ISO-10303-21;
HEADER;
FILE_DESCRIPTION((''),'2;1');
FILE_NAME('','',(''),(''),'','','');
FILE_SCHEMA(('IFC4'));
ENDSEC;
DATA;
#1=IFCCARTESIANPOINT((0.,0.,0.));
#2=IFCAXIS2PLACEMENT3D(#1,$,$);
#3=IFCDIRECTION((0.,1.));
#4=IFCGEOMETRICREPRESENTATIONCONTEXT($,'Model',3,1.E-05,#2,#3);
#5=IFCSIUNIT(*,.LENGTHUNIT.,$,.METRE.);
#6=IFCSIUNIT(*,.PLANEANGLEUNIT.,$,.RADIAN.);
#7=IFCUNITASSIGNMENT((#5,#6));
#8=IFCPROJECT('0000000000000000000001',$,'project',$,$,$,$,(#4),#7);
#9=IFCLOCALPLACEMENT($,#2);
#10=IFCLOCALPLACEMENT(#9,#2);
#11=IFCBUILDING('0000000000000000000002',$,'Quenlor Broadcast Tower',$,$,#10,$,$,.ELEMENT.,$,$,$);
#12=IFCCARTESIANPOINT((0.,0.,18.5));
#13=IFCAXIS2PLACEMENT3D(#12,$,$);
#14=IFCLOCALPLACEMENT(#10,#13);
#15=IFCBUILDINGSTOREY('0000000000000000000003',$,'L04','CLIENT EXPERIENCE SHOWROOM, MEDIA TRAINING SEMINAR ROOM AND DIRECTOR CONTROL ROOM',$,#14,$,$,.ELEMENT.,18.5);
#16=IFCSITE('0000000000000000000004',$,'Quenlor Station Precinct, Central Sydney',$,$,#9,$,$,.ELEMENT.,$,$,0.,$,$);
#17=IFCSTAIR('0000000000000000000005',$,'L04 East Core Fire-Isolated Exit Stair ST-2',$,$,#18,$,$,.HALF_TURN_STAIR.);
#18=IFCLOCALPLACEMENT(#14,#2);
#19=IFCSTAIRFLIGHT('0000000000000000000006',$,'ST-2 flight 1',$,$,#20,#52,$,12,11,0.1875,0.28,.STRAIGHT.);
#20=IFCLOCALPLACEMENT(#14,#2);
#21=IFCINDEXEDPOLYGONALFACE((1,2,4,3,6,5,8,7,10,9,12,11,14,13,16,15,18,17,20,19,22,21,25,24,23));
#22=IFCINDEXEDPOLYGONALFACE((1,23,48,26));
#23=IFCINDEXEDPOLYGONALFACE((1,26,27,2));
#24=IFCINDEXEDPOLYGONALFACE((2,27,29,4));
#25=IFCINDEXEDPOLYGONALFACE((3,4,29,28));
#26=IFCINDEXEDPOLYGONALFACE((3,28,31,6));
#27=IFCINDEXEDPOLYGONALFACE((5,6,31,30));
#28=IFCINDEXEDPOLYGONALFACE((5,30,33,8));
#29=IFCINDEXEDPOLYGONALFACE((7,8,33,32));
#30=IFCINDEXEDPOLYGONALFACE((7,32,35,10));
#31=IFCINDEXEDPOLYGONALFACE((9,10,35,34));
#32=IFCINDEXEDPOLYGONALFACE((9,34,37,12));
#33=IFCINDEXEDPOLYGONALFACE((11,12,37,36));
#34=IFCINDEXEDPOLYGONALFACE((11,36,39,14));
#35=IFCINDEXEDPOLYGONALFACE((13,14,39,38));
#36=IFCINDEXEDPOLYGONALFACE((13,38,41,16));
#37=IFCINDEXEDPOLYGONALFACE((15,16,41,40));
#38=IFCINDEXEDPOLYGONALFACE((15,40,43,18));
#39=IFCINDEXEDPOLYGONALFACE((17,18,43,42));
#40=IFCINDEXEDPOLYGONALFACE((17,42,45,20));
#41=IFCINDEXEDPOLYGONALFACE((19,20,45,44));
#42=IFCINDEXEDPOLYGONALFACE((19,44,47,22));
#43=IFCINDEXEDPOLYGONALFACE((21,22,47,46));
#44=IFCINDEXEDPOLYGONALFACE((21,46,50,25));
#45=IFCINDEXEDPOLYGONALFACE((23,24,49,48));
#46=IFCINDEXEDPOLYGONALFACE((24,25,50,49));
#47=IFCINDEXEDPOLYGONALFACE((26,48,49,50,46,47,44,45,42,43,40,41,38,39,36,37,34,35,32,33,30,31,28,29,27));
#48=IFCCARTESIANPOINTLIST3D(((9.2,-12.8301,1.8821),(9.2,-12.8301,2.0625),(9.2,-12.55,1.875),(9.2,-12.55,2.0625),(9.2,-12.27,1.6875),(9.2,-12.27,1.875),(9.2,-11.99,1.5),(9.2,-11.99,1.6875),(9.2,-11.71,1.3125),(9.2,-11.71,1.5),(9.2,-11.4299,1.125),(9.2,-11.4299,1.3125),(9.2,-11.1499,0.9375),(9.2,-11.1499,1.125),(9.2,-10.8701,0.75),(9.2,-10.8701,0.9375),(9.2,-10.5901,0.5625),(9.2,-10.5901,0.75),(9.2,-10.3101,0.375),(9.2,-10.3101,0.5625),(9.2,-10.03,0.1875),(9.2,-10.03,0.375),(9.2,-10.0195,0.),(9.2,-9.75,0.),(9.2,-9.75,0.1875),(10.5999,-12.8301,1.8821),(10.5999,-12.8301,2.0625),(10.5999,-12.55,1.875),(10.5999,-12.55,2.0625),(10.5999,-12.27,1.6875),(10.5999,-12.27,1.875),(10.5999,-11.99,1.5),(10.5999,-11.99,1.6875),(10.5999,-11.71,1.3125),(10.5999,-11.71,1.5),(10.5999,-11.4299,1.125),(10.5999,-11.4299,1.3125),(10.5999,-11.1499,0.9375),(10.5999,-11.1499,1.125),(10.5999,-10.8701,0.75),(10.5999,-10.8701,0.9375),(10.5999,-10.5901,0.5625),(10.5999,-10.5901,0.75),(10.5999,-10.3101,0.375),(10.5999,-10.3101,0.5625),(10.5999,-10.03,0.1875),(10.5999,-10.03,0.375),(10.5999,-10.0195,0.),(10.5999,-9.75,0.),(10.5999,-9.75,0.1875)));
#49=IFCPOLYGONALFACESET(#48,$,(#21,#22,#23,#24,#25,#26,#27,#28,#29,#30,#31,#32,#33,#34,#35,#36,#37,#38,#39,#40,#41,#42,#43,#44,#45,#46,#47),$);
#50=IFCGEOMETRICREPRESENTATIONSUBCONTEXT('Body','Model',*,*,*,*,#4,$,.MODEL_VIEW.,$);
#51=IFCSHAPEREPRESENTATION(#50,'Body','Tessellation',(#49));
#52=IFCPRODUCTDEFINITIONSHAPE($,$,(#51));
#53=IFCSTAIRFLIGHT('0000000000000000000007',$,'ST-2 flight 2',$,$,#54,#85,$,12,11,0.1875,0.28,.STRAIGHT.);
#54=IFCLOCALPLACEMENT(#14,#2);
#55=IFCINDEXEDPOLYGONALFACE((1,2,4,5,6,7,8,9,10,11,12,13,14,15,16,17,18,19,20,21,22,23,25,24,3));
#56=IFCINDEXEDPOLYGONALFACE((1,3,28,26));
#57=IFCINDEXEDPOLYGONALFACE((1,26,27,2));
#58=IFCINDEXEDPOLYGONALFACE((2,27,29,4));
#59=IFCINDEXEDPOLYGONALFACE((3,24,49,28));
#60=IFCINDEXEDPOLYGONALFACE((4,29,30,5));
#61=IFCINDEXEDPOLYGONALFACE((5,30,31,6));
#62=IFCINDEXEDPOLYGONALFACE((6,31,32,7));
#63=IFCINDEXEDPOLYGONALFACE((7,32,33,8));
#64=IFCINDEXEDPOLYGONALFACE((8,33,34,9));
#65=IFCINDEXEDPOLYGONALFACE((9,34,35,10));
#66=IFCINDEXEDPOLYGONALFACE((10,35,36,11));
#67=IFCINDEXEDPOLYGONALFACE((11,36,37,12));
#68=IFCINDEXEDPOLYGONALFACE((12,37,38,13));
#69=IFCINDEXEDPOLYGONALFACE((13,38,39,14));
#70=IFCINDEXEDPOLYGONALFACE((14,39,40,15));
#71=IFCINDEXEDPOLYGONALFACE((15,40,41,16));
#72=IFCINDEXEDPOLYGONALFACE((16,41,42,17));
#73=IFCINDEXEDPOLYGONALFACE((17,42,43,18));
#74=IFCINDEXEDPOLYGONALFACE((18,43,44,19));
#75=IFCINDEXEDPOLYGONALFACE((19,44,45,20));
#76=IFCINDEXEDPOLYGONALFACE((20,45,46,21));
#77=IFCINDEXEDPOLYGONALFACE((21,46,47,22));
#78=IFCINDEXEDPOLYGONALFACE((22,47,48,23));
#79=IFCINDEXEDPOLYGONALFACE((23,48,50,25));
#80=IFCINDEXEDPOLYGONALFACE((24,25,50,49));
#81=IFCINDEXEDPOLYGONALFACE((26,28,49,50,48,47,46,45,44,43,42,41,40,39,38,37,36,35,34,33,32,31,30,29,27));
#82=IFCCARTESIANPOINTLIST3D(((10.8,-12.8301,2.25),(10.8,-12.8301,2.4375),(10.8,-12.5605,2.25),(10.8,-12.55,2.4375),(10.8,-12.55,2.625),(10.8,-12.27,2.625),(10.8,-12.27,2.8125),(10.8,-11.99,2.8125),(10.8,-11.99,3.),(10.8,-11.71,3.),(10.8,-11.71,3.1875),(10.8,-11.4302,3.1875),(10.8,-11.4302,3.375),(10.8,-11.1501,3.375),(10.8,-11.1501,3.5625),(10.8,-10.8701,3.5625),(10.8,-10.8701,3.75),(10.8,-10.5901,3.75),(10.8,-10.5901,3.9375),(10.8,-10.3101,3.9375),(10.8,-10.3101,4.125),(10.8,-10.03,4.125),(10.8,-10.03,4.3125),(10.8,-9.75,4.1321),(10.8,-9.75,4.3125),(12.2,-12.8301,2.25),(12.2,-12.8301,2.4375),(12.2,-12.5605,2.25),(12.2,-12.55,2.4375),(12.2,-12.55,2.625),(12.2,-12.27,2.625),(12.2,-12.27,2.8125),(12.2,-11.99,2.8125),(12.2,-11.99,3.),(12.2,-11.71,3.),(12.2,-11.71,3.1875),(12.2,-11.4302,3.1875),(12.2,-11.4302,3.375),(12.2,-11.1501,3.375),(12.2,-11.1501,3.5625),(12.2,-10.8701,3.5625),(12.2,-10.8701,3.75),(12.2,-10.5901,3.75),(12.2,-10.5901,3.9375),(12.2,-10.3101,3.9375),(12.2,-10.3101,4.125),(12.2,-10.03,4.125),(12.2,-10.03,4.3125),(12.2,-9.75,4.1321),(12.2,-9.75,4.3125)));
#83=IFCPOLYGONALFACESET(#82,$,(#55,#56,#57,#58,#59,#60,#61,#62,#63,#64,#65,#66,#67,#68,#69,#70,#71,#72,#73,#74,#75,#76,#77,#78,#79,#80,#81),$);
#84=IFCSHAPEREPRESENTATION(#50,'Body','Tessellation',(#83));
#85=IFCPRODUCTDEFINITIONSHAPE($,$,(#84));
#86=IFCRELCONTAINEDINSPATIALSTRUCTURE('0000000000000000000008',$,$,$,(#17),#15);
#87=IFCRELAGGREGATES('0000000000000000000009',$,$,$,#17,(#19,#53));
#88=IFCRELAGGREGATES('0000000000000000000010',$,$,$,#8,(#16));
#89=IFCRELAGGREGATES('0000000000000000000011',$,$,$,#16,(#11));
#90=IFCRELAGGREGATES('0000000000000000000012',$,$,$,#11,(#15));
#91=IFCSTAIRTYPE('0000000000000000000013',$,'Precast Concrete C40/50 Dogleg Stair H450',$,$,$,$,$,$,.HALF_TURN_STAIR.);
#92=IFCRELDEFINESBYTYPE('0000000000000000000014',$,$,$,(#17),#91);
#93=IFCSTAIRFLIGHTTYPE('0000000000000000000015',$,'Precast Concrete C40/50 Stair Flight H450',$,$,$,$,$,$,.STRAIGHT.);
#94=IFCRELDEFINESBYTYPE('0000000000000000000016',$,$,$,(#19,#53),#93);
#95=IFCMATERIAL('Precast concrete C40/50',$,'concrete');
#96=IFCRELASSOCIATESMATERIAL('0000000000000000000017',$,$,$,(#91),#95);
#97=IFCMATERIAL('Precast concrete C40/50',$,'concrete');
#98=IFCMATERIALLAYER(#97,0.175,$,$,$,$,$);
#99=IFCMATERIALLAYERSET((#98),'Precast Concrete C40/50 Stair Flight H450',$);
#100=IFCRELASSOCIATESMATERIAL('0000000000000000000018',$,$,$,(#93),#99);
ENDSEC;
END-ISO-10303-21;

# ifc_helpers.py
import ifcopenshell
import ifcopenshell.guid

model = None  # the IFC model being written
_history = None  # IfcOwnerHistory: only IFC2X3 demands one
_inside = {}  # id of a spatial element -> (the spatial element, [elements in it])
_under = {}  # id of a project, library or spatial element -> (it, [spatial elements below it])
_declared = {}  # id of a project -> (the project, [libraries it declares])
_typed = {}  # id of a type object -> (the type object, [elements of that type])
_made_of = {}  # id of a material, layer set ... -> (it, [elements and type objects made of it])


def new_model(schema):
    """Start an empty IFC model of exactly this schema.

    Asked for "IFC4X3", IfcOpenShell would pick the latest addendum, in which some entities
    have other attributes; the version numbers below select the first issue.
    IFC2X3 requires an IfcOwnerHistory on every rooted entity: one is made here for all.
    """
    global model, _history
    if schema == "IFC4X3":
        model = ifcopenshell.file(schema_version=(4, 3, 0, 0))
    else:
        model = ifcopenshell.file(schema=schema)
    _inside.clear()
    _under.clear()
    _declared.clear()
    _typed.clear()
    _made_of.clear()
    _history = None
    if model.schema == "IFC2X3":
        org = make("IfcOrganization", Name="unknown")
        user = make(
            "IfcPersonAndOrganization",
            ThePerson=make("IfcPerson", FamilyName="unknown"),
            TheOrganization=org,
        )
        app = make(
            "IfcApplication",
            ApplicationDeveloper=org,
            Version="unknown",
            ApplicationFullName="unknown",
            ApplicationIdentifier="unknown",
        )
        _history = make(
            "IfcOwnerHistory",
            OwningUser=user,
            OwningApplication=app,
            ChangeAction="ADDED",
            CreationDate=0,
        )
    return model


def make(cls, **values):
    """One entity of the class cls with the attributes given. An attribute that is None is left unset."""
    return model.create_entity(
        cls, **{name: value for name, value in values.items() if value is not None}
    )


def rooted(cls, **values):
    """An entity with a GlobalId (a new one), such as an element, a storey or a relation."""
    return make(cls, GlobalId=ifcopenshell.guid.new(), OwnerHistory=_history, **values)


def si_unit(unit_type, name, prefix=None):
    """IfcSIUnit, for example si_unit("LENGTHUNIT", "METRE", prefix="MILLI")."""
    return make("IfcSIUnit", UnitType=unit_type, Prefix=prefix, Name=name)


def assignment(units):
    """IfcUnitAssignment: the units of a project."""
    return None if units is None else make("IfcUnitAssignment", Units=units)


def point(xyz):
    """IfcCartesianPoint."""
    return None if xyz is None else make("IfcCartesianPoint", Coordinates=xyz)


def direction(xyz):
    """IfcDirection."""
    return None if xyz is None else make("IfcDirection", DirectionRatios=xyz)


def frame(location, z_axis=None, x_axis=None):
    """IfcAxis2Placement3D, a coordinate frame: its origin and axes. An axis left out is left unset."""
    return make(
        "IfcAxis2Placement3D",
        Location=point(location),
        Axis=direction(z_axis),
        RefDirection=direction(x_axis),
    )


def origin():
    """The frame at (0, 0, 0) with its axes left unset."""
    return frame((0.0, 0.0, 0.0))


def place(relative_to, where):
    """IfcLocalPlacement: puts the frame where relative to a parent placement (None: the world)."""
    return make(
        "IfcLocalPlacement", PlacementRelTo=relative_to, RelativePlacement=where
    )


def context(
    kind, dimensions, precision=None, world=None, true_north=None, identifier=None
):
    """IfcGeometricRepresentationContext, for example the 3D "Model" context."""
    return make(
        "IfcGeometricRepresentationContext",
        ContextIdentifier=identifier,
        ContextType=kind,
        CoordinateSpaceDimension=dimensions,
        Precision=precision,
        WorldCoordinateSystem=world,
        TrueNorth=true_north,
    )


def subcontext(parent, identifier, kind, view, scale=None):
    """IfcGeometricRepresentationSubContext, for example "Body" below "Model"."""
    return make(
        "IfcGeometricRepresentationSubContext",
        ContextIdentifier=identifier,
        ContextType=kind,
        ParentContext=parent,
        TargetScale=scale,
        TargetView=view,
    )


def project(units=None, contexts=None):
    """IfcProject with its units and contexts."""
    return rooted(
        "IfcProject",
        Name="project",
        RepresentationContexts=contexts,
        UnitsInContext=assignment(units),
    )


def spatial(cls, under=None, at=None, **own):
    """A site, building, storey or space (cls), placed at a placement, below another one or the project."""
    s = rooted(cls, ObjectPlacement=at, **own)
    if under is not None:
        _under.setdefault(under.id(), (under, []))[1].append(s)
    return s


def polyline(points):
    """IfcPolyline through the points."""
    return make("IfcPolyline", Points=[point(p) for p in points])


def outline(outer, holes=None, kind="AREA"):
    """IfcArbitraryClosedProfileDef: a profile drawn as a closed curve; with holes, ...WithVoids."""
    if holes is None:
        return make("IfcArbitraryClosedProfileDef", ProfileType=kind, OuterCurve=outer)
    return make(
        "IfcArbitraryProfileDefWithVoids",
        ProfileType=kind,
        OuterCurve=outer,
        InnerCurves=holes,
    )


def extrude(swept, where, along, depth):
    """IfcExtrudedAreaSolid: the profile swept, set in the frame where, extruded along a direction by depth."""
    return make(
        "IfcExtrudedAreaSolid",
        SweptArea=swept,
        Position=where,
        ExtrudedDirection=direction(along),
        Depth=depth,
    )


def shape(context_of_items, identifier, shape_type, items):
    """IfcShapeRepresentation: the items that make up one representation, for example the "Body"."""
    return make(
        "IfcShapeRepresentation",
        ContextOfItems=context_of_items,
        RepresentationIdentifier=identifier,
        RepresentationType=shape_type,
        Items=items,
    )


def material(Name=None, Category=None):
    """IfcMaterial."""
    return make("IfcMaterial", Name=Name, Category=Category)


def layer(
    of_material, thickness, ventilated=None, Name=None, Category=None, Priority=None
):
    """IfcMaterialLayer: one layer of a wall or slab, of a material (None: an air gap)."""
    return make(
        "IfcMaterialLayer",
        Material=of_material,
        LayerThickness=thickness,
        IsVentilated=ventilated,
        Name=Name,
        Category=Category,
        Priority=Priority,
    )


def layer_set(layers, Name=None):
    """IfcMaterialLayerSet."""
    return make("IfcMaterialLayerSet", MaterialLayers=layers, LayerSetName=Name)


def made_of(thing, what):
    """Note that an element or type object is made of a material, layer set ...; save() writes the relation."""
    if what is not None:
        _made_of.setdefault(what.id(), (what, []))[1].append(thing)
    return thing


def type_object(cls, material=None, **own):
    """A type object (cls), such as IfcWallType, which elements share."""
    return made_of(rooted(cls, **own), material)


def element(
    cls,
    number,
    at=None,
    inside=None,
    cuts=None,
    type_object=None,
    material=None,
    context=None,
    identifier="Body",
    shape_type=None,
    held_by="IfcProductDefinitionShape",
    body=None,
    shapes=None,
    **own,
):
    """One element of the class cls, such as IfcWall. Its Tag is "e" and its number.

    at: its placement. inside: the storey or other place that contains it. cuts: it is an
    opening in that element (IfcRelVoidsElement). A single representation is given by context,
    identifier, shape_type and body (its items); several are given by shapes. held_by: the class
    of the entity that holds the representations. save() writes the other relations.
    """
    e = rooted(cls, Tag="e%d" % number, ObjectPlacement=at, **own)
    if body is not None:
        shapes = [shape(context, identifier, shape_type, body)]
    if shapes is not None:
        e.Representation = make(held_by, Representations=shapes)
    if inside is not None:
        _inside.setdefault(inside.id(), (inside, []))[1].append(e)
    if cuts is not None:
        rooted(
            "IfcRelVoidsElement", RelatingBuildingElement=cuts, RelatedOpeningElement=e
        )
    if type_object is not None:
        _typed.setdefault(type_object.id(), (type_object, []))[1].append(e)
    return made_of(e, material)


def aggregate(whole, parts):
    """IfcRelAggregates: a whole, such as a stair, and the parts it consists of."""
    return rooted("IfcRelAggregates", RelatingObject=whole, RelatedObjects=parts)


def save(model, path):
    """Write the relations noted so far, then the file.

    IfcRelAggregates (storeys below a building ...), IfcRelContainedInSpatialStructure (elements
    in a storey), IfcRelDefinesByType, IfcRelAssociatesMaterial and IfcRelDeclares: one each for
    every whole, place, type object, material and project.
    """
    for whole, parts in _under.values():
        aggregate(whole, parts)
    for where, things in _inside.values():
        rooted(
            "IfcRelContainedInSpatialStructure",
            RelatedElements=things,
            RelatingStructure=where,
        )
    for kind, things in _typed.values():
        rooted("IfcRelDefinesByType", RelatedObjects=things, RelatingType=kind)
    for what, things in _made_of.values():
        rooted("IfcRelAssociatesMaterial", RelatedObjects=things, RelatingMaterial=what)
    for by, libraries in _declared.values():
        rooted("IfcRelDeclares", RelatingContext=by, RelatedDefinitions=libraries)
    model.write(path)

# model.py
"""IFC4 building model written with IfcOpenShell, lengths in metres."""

from ifc_helpers import new_model, si_unit, direction, frame, origin, place, context, subcontext, project, spatial, polyline, outline, extrude, material, layer, layer_set, type_object, element, aggregate, save


model = new_model("IFC4")

# Units and contexts
model_context = context("Model", 3, precision=1e-05, world=origin(), true_north=direction((0.0, 1.0)))
body_context = subcontext(model_context, "Body", "Model", "MODEL_VIEW")
ifc_project = project(units=[si_unit("LENGTHUNIT", "METRE"), si_unit("PLANEANGLEUNIT", "RADIAN")], contexts=[model_context])

# Site, building, storey
site_placement = place(None, origin())
site = spatial("IfcSite", under=ifc_project, at=site_placement, Name="Quenlor Station Precinct, Central Sydney", CompositionType="ELEMENT", RefElevation=0.0)
building_placement = place(site_placement, origin())
building = spatial("IfcBuilding", under=site, at=building_placement, Name="Quenlor Broadcast Tower", CompositionType="ELEMENT")
storey_placement = place(building_placement, frame((0.0, 0.0, 18.5)))
storey = spatial("IfcBuildingStorey", under=building, at=storey_placement, Name="L04", Description="CLIENT EXPERIENCE SHOWROOM, MEDIA TRAINING SEMINAR ROOM AND DIRECTOR CONTROL ROOM", CompositionType="ELEMENT", Elevation=18.5)

# Stair, stair flights
ifc_material_1 = material(Name="Precast concrete C40/50", Category="concrete")
stair_type = type_object("IfcStairType", Name="Precast Concrete C40/50 Dogleg Stair H450", PredefinedType="HALF_TURN_STAIR", material=ifc_material_1)
stair_placement = place(storey_placement, origin())
stair = element("IfcStair", 1, at=stair_placement, inside=storey, type_object=stair_type, Name="L04 East Core Fire-Isolated Exit Stair ST-2", PredefinedType="HALF_TURN_STAIR")
ifc_material_2 = material(Name="Precast concrete C40/50", Category="concrete")
ifc_layer_1 = layer(ifc_material_2, 0.175)
ifc_layer_set_1 = layer_set([ifc_layer_1], Name="Precast Concrete C40/50 Stair Flight H450")
stair_flight_type = type_object("IfcStairFlightType", Name="Precast Concrete C40/50 Stair Flight H450", PredefinedType="STRAIGHT", material=ifc_layer_set_1)
stair_flight_1_placement = place(storey_placement, frame((9.8999, -9.75, 0.0), z_axis=(0.0, 0.0, 1.0), x_axis=(0.0, -1.0, 0.0)))
stair_flight_1 = element("IfcStairFlight", 2, at=stair_flight_1_placement, type_object=stair_flight_type, Name="ST-2 flight 1", NumberOfRisers=12, NumberOfTreads=11, PredefinedType="STRAIGHT", RiserHeight=0.1875, TreadLength=0.28, context=body_context, shape_type="SweptSolid", body=[
    extrude(outline(polyline([(0.0, 0.0), (0.0, 0.1875), (0.28, 0.1875), (0.28, 0.375), (0.5601, 0.375), (0.5601, 0.5625), (0.8401, 0.5625), (0.8401, 0.75), (1.1201, 0.75), (1.1201, 0.9375), (1.3999, 0.9375), (1.3999, 1.125), (1.6799, 1.125), (1.6799, 1.3125), (1.96, 1.3125), (1.96, 1.5), (2.24, 1.5), (2.24, 1.6875), (2.52, 1.6875), (2.52, 1.875), (2.8, 1.875), (2.8, 2.0625), (3.0801, 2.0625), (3.0801, 2.25), (3.0801, 1.8821), (0.2695, 0.0), (0.0, 0.0)])), frame((0.0, 0.7, 0.0), z_axis=(0.0, -1.0, 0.0), x_axis=(1.0, 0.0, 0.0)), (0.0, 0.0, 1.0), 1.3999),
])
stair_flight_2_placement = place(storey_placement, frame((11.5, -12.8301, 2.25), z_axis=(0.0, 0.0, 1.0), x_axis=(0.0, 1.0, 0.0)))
stair_flight_2 = element("IfcStairFlight", 3, at=stair_flight_2_placement, type_object=stair_flight_type, Name="ST-2 flight 2", NumberOfRisers=12, NumberOfTreads=11, PredefinedType="STRAIGHT", RiserHeight=0.1875, TreadLength=0.28, context=body_context, shape_type="SweptSolid", body=[
    extrude(outline(polyline([(0.0, 0.0), (0.0, 0.1875), (0.28, 0.1875), (0.28, 0.375), (0.5601, 0.375), (0.5601, 0.5625), (0.8401, 0.5625), (0.8401, 0.75), (1.1201, 0.75), (1.1201, 0.9375), (1.3999, 0.9375), (1.3999, 1.125), (1.6799, 1.125), (1.6799, 1.3125), (1.96, 1.3125), (1.96, 1.5), (2.24, 1.5), (2.24, 1.6875), (2.52, 1.6875), (2.52, 1.875), (2.8, 1.875), (2.8, 2.0625), (3.0801, 2.0625), (3.0801, 2.25), (3.0801, 1.8821), (0.2695, 0.0), (0.0, 0.0)])), frame((0.0, 0.7, 0.0), z_axis=(0.0, -1.0, 0.0), x_axis=(1.0, 0.0, 0.0)), (0.0, 0.0, 1.0), 1.3999),
])
aggregate(stair, [stair_flight_1, stair_flight_2])

save(model, "model.ifc")
